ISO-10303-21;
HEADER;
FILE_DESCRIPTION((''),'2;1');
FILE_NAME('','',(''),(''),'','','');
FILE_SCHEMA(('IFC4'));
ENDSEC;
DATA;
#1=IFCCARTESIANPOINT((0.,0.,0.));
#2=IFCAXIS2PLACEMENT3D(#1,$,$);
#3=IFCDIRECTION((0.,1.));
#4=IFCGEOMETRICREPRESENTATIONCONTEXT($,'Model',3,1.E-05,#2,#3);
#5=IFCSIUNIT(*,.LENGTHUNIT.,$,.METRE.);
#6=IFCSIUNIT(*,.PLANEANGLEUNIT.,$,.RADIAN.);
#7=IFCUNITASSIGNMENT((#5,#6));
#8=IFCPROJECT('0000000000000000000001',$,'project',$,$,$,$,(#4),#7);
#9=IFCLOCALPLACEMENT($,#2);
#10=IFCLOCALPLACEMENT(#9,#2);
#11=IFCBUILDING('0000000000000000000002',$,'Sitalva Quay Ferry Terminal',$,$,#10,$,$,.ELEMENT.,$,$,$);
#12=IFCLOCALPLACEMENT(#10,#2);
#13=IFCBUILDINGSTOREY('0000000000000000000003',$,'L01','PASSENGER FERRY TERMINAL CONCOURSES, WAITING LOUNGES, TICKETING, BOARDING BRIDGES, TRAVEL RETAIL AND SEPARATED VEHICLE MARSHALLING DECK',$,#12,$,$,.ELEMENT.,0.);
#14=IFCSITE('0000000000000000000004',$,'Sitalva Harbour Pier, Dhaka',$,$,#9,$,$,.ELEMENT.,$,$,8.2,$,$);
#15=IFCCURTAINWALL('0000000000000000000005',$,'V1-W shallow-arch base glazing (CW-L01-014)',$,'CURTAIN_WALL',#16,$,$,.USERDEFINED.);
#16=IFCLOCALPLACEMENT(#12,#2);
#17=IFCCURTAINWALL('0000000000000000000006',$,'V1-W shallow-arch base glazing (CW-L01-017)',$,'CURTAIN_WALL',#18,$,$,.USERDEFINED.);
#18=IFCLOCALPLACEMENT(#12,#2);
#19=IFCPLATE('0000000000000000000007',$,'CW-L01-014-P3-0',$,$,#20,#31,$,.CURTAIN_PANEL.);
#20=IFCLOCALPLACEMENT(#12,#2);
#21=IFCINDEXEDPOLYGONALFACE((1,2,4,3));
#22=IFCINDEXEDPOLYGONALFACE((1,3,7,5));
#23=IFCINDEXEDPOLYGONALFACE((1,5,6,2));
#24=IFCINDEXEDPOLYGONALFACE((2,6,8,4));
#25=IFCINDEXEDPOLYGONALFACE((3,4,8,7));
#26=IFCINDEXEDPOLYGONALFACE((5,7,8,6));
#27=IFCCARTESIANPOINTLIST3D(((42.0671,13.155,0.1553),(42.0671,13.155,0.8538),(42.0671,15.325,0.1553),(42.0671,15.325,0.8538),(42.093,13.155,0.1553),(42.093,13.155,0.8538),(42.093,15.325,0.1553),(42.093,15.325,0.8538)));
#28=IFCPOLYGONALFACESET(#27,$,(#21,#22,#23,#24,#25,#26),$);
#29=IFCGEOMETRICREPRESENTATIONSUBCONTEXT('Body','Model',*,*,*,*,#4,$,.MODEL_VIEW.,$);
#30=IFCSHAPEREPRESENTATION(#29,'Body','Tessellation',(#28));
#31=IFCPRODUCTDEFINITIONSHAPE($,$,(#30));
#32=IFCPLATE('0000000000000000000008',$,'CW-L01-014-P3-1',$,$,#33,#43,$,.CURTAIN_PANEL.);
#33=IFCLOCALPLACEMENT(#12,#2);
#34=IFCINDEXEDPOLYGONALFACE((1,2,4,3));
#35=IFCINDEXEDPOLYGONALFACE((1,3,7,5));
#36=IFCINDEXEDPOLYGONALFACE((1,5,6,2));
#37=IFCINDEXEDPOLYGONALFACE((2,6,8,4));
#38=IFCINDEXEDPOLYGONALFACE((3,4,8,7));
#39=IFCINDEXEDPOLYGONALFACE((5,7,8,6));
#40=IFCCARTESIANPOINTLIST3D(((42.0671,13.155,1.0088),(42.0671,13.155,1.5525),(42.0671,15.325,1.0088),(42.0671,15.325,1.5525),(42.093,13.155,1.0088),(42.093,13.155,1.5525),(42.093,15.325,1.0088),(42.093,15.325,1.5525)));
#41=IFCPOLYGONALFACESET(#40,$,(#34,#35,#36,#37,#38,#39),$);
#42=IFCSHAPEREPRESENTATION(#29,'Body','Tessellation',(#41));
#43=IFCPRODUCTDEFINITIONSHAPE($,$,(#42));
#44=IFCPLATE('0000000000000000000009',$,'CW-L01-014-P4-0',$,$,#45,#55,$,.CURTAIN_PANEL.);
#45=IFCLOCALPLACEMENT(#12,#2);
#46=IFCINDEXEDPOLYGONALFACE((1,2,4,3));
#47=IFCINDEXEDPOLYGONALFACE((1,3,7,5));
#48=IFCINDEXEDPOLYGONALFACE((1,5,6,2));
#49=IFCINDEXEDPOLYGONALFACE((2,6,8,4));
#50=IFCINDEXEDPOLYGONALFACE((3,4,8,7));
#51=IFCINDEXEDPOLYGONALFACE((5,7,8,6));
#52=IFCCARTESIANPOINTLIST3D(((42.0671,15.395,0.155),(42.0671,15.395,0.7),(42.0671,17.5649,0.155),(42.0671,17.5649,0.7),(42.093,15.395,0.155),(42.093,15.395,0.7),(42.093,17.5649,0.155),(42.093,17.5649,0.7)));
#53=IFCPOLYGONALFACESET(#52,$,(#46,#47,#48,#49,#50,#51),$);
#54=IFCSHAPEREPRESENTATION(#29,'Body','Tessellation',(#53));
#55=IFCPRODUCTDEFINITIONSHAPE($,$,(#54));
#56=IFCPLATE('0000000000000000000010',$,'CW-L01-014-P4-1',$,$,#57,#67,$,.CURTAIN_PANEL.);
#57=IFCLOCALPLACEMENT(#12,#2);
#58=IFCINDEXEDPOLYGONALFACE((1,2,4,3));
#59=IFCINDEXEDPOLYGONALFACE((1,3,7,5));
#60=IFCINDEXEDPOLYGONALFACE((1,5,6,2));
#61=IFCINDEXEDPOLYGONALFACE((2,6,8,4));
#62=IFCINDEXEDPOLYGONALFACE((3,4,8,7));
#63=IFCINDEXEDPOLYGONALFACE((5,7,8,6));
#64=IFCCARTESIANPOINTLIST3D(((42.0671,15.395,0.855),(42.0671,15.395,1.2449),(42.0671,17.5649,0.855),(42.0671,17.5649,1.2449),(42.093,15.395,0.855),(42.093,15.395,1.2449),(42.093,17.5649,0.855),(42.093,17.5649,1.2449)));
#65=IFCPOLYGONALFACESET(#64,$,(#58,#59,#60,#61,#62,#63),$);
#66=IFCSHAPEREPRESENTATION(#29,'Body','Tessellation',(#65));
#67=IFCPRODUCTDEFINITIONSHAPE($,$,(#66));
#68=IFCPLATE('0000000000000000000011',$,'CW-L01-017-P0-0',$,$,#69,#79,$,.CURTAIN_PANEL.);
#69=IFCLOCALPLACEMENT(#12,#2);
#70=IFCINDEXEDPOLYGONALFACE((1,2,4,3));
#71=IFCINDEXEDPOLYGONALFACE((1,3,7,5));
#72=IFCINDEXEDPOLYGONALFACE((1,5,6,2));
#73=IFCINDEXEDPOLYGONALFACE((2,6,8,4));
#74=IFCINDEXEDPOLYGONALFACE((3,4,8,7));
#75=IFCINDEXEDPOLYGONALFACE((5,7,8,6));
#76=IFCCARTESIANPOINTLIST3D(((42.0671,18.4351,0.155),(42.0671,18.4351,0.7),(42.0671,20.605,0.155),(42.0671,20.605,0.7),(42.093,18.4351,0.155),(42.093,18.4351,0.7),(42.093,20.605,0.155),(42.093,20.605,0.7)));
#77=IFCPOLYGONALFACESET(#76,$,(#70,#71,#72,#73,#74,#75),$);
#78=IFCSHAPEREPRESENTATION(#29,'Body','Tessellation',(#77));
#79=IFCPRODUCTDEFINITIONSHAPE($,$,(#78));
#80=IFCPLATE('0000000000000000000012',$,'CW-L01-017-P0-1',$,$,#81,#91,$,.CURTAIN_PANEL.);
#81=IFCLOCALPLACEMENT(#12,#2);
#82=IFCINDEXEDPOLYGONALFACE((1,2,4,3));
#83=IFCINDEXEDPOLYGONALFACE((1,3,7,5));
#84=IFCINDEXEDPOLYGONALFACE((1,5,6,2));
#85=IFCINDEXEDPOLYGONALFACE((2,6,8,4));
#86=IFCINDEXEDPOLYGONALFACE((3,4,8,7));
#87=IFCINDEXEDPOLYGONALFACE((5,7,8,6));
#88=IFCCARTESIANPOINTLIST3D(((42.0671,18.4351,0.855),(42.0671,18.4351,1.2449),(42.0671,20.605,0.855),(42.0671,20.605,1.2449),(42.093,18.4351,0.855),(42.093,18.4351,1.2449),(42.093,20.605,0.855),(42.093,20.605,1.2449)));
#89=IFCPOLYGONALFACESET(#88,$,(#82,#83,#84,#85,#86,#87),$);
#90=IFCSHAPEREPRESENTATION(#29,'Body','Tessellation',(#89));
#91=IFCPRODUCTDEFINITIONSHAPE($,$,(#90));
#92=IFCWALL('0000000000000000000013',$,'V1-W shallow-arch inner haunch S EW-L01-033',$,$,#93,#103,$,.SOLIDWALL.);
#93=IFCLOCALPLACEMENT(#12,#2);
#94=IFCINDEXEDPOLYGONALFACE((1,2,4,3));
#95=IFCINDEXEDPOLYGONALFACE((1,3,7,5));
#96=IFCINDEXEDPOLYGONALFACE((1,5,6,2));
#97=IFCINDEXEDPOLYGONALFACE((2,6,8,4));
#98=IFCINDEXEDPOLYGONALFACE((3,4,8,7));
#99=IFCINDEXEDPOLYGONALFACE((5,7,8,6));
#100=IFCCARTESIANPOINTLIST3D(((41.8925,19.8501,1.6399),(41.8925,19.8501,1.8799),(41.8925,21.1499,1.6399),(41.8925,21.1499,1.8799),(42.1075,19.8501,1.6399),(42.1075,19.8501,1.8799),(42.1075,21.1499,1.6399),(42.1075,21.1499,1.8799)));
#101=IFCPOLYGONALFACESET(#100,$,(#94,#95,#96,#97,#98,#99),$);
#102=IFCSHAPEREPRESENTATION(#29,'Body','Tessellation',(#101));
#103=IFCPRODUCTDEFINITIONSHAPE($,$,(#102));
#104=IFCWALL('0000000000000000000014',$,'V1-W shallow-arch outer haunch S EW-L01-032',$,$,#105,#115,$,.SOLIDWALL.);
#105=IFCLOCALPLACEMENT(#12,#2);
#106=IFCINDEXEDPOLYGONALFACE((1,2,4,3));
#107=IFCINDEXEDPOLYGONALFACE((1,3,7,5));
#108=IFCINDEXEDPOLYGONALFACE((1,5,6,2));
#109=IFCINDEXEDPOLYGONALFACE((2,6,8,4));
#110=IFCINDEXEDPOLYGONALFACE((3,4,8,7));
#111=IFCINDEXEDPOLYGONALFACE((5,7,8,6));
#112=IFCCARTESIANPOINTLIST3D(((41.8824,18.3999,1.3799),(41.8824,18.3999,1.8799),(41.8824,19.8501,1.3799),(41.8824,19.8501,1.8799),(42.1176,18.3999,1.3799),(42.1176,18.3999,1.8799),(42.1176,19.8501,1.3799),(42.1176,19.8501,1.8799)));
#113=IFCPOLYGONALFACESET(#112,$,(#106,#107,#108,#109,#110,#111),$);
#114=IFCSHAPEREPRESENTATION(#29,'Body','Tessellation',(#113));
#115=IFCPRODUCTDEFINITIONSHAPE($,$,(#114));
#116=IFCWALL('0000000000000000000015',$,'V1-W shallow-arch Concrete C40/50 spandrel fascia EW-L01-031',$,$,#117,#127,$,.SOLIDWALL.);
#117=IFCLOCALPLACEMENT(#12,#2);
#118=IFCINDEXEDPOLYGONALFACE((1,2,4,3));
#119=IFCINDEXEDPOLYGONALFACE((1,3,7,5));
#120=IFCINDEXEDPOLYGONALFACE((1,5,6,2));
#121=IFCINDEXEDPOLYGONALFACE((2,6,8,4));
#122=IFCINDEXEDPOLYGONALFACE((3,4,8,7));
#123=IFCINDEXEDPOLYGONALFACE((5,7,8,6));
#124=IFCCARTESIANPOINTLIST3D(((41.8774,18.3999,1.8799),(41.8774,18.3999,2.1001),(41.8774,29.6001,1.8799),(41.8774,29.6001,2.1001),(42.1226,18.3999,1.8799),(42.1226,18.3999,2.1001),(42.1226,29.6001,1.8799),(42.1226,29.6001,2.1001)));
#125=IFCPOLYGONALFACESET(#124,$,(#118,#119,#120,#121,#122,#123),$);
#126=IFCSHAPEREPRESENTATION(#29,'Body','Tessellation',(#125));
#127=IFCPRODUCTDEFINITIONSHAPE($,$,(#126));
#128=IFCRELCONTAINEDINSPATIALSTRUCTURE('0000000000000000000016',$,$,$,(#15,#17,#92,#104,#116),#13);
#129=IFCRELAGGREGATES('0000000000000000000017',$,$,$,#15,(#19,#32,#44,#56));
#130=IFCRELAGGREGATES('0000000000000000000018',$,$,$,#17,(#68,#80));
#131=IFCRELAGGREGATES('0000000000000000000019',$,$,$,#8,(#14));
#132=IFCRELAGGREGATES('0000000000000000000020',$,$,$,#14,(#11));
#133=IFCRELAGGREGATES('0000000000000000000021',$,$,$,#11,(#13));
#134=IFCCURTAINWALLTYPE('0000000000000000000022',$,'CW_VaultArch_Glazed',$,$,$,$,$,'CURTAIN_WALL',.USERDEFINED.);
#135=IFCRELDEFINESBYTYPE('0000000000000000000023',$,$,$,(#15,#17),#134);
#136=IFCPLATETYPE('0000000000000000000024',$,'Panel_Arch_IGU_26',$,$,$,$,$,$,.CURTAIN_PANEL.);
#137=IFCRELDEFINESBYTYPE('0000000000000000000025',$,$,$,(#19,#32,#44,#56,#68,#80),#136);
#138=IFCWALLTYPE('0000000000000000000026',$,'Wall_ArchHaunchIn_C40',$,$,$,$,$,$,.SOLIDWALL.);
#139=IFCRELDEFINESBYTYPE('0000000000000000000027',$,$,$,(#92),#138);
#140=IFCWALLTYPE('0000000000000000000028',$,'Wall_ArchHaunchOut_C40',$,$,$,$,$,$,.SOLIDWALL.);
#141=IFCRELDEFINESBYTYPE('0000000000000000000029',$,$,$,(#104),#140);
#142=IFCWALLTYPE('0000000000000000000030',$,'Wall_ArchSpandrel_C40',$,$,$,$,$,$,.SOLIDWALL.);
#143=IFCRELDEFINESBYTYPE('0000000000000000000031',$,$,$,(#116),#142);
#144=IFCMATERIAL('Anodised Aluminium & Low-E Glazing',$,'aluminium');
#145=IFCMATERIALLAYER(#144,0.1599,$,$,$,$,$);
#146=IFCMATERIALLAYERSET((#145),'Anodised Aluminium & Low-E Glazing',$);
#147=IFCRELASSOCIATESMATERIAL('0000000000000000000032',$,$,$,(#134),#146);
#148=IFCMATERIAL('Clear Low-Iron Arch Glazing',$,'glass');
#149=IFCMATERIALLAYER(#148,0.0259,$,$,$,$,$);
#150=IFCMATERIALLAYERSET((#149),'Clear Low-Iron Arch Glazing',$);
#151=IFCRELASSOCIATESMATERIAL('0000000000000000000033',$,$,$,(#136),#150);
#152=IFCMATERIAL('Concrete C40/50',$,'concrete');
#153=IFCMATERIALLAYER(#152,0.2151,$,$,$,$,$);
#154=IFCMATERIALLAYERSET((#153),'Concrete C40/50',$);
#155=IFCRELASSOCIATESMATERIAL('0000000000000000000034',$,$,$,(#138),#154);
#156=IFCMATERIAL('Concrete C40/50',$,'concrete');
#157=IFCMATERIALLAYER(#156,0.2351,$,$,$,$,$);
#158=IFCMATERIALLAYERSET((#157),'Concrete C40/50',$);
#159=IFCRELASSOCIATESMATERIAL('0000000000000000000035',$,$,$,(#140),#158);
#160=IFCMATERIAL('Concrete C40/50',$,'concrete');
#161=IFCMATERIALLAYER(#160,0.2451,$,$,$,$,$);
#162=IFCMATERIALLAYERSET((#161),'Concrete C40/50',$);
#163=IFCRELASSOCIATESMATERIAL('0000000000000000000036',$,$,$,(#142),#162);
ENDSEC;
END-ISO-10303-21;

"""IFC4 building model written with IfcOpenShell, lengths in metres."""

from ifc_helpers import new_model, si_unit, direction, frame, frame_2d, origin, origin_2d, place, context, subcontext, project, spatial, rectangle, extrude, material, layer, layer_set, type_object, element, aggregate, save


model = new_model("IFC4")

# Units and contexts
model_context = context("Model", 3, precision=1e-05, world=origin(), true_north=direction((0.0, 1.0)))
body_context = subcontext(model_context, "Body", "Model", "MODEL_VIEW")
ifc_project = project(units=[si_unit("LENGTHUNIT", "METRE"), si_unit("PLANEANGLEUNIT", "RADIAN")], contexts=[model_context])

# Site, building, storey
site_placement = place(None, origin())
site = spatial("IfcSite", under=ifc_project, at=site_placement, Name="Sitalva Harbour Pier, Dhaka", CompositionType="ELEMENT", RefElevation=8.2)
building_placement = place(site_placement, origin())
building = spatial("IfcBuilding", under=site, at=building_placement, Name="Sitalva Quay Ferry Terminal", CompositionType="ELEMENT")
storey_placement = place(building_placement, origin())
storey = spatial("IfcBuildingStorey", under=building, at=storey_placement, Name="L01", Description="PASSENGER FERRY TERMINAL CONCOURSES, WAITING LOUNGES, TICKETING, BOARDING BRIDGES, TRAVEL RETAIL AND SEPARATED VEHICLE MARSHALLING DECK", CompositionType="ELEMENT", Elevation=0.0)

# Curtain walls
ifc_material_1 = material(Name="Anodised Aluminium & Low-E Glazing", Category="aluminium")
ifc_layer_1 = layer(ifc_material_1, 0.1599)
ifc_layer_set_1 = layer_set([ifc_layer_1], Name="Anodised Aluminium & Low-E Glazing")
curtain_wall_type = type_object("IfcCurtainWallType", Name="CW_VaultArch_Glazed", ElementType="CURTAIN_WALL", PredefinedType="USERDEFINED", material=ifc_layer_set_1)
curtain_wall_1_placement = place(storey_placement, origin())
curtain_wall_1 = element("IfcCurtainWall", 1, at=curtain_wall_1_placement, inside=storey, type_object=curtain_wall_type, Name="V1-W shallow-arch base glazing (CW-L01-014)", ObjectType="CURTAIN_WALL", PredefinedType="USERDEFINED")
curtain_wall_2_placement = place(storey_placement, origin())
curtain_wall_2 = element("IfcCurtainWall", 2, at=curtain_wall_2_placement, inside=storey, type_object=curtain_wall_type, Name="V1-W shallow-arch base glazing (CW-L01-017)", ObjectType="CURTAIN_WALL", PredefinedType="USERDEFINED")

# Plates
ifc_material_2 = material(Name="Clear Low-Iron Arch Glazing", Category="glass")
ifc_layer_2 = layer(ifc_material_2, 0.0259)
ifc_layer_set_2 = layer_set([ifc_layer_2], Name="Clear Low-Iron Arch Glazing")
plate_type = type_object("IfcPlateType", Name="Panel_Arch_IGU_26", PredefinedType="CURTAIN_PANEL", material=ifc_layer_set_2)
plate_1_placement = place(storey_placement, frame((42.0801, 14.24, 0.1553), z_axis=(0.0, 0.0, 1.0), x_axis=(0.0, 1.0, 0.0)))
plate_1 = element("IfcPlate", 3, at=plate_1_placement, type_object=plate_type, Name="CW-L01-014-P3-0", PredefinedType="CURTAIN_PANEL", context=body_context, shape_type="SweptSolid", body=[
    extrude(rectangle(XDim=2.1699, YDim=0.0259, at=origin_2d()), origin(), (0.0, 0.0, 1.0), 0.6985),
])
plate_2_placement = place(storey_placement, frame((42.0801, 14.24, 1.0088), z_axis=(0.0, 0.0, 1.0), x_axis=(0.0, 1.0, 0.0)))
plate_2 = element("IfcPlate", 4, at=plate_2_placement, type_object=plate_type, Name="CW-L01-014-P3-1", PredefinedType="CURTAIN_PANEL", context=body_context, shape_type="SweptSolid", body=[
    extrude(rectangle(XDim=2.1699, YDim=0.0259, at=origin_2d()), origin(), (0.0, 0.0, 1.0), 0.5437),
])
plate_3_placement = place(storey_placement, frame((42.0801, 16.48, 0.155), z_axis=(0.0, 0.0, 1.0), x_axis=(0.0, 1.0, 0.0)))
plate_3 = element("IfcPlate", 5, at=plate_3_placement, type_object=plate_type, Name="CW-L01-014-P4-0", PredefinedType="CURTAIN_PANEL", context=body_context, shape_type="SweptSolid", body=[
    extrude(rectangle(XDim=2.1699, YDim=0.0259, at=origin_2d()), origin(), (0.0, 0.0, 1.0), 0.5449),
])
plate_4_placement = place(storey_placement, frame((42.0801, 16.48, 0.855), z_axis=(0.0, 0.0, 1.0), x_axis=(0.0, 1.0, 0.0)))
plate_4 = element("IfcPlate", 6, at=plate_4_placement, type_object=plate_type, Name="CW-L01-014-P4-1", PredefinedType="CURTAIN_PANEL", context=body_context, shape_type="SweptSolid", body=[
    extrude(rectangle(XDim=2.1699, YDim=0.0259, at=origin_2d()), origin(), (0.0, 0.0, 1.0), 0.3899),
])
aggregate(curtain_wall_1, [plate_1, plate_2, plate_3, plate_4])
plate_5_placement = place(storey_placement, frame((42.0801, 19.52, 0.155), z_axis=(0.0, 0.0, 1.0), x_axis=(0.0, 1.0, 0.0)))
plate_5 = element("IfcPlate", 7, at=plate_5_placement, type_object=plate_type, Name="CW-L01-017-P0-0", PredefinedType="CURTAIN_PANEL", context=body_context, shape_type="SweptSolid", body=[
    extrude(rectangle(XDim=2.1699, YDim=0.0259, at=origin_2d()), origin(), (0.0, 0.0, 1.0), 0.5449),
])
plate_6_placement = place(storey_placement, frame((42.0801, 19.52, 0.855), z_axis=(0.0, 0.0, 1.0), x_axis=(0.0, 1.0, 0.0)))
plate_6 = element("IfcPlate", 8, at=plate_6_placement, type_object=plate_type, Name="CW-L01-017-P0-1", PredefinedType="CURTAIN_PANEL", context=body_context, shape_type="SweptSolid", body=[
    extrude(rectangle(XDim=2.1699, YDim=0.0259, at=origin_2d()), origin(), (0.0, 0.0, 1.0), 0.3899),
])
aggregate(curtain_wall_2, [plate_5, plate_6])

# Walls
ifc_material_3 = material(Name="Concrete C40/50", Category="concrete")
ifc_layer_3 = layer(ifc_material_3, 0.2151)
ifc_layer_set_3 = layer_set([ifc_layer_3], Name="Concrete C40/50")
wall_type_1 = type_object("IfcWallType", Name="Wall_ArchHaunchIn_C40", PredefinedType="SOLIDWALL", material=ifc_layer_set_3)
wall_1_placement = place(storey_placement, frame((42.0, 19.8501, 1.6399), z_axis=(0.0, 0.0, 1.0), x_axis=(0.0, 1.0, 0.0)))
element("IfcWall", 9, at=wall_1_placement, inside=storey, type_object=wall_type_1, Name="V1-W shallow-arch inner haunch S EW-L01-033", PredefinedType="SOLIDWALL", context=body_context, shape_type="SweptSolid", body=[
    extrude(rectangle(XDim=1.2998, YDim=0.2151, at=frame_2d((0.6499, 0.0))), origin(), (0.0, 0.0, 1.0), 0.24),
])
ifc_material_4 = material(Name="Concrete C40/50", Category="concrete")
ifc_layer_4 = layer(ifc_material_4, 0.2351)
ifc_layer_set_4 = layer_set([ifc_layer_4], Name="Concrete C40/50")
wall_type_2 = type_object("IfcWallType", Name="Wall_ArchHaunchOut_C40", PredefinedType="SOLIDWALL", material=ifc_layer_set_4)
wall_2_placement = place(storey_placement, frame((42.0, 18.3999, 1.3799), z_axis=(0.0, 0.0, 1.0), x_axis=(0.0, 1.0, 0.0)))
element("IfcWall", 10, at=wall_2_placement, inside=storey, type_object=wall_type_2, Name="V1-W shallow-arch outer haunch S EW-L01-032", PredefinedType="SOLIDWALL", context=body_context, shape_type="SweptSolid", body=[
    extrude(rectangle(XDim=1.4502, YDim=0.2351, at=frame_2d((0.7251, 0.0))), origin(), (0.0, 0.0, 1.0), 0.5),
])
ifc_material_5 = material(Name="Concrete C40/50", Category="concrete")
ifc_layer_5 = layer(ifc_material_5, 0.2451)
ifc_layer_set_5 = layer_set([ifc_layer_5], Name="Concrete C40/50")
wall_type_3 = type_object("IfcWallType", Name="Wall_ArchSpandrel_C40", PredefinedType="SOLIDWALL", material=ifc_layer_set_5)
wall_3_placement = place(storey_placement, frame((42.0, 18.3999, 1.8799), z_axis=(0.0, 0.0, 1.0), x_axis=(0.0, 1.0, 0.0)))
element("IfcWall", 11, at=wall_3_placement, inside=storey, type_object=wall_type_3, Name="V1-W shallow-arch Concrete C40/50 spandrel fascia EW-L01-031", PredefinedType="SOLIDWALL", context=body_context, shape_type="SweptSolid", body=[
    extrude(rectangle(XDim=11.2002, YDim=0.2451, at=frame_2d((5.6001, 0.0))), origin(), (0.0, 0.0, 1.0), 0.2202),
])

save(model, "model.ifc")
